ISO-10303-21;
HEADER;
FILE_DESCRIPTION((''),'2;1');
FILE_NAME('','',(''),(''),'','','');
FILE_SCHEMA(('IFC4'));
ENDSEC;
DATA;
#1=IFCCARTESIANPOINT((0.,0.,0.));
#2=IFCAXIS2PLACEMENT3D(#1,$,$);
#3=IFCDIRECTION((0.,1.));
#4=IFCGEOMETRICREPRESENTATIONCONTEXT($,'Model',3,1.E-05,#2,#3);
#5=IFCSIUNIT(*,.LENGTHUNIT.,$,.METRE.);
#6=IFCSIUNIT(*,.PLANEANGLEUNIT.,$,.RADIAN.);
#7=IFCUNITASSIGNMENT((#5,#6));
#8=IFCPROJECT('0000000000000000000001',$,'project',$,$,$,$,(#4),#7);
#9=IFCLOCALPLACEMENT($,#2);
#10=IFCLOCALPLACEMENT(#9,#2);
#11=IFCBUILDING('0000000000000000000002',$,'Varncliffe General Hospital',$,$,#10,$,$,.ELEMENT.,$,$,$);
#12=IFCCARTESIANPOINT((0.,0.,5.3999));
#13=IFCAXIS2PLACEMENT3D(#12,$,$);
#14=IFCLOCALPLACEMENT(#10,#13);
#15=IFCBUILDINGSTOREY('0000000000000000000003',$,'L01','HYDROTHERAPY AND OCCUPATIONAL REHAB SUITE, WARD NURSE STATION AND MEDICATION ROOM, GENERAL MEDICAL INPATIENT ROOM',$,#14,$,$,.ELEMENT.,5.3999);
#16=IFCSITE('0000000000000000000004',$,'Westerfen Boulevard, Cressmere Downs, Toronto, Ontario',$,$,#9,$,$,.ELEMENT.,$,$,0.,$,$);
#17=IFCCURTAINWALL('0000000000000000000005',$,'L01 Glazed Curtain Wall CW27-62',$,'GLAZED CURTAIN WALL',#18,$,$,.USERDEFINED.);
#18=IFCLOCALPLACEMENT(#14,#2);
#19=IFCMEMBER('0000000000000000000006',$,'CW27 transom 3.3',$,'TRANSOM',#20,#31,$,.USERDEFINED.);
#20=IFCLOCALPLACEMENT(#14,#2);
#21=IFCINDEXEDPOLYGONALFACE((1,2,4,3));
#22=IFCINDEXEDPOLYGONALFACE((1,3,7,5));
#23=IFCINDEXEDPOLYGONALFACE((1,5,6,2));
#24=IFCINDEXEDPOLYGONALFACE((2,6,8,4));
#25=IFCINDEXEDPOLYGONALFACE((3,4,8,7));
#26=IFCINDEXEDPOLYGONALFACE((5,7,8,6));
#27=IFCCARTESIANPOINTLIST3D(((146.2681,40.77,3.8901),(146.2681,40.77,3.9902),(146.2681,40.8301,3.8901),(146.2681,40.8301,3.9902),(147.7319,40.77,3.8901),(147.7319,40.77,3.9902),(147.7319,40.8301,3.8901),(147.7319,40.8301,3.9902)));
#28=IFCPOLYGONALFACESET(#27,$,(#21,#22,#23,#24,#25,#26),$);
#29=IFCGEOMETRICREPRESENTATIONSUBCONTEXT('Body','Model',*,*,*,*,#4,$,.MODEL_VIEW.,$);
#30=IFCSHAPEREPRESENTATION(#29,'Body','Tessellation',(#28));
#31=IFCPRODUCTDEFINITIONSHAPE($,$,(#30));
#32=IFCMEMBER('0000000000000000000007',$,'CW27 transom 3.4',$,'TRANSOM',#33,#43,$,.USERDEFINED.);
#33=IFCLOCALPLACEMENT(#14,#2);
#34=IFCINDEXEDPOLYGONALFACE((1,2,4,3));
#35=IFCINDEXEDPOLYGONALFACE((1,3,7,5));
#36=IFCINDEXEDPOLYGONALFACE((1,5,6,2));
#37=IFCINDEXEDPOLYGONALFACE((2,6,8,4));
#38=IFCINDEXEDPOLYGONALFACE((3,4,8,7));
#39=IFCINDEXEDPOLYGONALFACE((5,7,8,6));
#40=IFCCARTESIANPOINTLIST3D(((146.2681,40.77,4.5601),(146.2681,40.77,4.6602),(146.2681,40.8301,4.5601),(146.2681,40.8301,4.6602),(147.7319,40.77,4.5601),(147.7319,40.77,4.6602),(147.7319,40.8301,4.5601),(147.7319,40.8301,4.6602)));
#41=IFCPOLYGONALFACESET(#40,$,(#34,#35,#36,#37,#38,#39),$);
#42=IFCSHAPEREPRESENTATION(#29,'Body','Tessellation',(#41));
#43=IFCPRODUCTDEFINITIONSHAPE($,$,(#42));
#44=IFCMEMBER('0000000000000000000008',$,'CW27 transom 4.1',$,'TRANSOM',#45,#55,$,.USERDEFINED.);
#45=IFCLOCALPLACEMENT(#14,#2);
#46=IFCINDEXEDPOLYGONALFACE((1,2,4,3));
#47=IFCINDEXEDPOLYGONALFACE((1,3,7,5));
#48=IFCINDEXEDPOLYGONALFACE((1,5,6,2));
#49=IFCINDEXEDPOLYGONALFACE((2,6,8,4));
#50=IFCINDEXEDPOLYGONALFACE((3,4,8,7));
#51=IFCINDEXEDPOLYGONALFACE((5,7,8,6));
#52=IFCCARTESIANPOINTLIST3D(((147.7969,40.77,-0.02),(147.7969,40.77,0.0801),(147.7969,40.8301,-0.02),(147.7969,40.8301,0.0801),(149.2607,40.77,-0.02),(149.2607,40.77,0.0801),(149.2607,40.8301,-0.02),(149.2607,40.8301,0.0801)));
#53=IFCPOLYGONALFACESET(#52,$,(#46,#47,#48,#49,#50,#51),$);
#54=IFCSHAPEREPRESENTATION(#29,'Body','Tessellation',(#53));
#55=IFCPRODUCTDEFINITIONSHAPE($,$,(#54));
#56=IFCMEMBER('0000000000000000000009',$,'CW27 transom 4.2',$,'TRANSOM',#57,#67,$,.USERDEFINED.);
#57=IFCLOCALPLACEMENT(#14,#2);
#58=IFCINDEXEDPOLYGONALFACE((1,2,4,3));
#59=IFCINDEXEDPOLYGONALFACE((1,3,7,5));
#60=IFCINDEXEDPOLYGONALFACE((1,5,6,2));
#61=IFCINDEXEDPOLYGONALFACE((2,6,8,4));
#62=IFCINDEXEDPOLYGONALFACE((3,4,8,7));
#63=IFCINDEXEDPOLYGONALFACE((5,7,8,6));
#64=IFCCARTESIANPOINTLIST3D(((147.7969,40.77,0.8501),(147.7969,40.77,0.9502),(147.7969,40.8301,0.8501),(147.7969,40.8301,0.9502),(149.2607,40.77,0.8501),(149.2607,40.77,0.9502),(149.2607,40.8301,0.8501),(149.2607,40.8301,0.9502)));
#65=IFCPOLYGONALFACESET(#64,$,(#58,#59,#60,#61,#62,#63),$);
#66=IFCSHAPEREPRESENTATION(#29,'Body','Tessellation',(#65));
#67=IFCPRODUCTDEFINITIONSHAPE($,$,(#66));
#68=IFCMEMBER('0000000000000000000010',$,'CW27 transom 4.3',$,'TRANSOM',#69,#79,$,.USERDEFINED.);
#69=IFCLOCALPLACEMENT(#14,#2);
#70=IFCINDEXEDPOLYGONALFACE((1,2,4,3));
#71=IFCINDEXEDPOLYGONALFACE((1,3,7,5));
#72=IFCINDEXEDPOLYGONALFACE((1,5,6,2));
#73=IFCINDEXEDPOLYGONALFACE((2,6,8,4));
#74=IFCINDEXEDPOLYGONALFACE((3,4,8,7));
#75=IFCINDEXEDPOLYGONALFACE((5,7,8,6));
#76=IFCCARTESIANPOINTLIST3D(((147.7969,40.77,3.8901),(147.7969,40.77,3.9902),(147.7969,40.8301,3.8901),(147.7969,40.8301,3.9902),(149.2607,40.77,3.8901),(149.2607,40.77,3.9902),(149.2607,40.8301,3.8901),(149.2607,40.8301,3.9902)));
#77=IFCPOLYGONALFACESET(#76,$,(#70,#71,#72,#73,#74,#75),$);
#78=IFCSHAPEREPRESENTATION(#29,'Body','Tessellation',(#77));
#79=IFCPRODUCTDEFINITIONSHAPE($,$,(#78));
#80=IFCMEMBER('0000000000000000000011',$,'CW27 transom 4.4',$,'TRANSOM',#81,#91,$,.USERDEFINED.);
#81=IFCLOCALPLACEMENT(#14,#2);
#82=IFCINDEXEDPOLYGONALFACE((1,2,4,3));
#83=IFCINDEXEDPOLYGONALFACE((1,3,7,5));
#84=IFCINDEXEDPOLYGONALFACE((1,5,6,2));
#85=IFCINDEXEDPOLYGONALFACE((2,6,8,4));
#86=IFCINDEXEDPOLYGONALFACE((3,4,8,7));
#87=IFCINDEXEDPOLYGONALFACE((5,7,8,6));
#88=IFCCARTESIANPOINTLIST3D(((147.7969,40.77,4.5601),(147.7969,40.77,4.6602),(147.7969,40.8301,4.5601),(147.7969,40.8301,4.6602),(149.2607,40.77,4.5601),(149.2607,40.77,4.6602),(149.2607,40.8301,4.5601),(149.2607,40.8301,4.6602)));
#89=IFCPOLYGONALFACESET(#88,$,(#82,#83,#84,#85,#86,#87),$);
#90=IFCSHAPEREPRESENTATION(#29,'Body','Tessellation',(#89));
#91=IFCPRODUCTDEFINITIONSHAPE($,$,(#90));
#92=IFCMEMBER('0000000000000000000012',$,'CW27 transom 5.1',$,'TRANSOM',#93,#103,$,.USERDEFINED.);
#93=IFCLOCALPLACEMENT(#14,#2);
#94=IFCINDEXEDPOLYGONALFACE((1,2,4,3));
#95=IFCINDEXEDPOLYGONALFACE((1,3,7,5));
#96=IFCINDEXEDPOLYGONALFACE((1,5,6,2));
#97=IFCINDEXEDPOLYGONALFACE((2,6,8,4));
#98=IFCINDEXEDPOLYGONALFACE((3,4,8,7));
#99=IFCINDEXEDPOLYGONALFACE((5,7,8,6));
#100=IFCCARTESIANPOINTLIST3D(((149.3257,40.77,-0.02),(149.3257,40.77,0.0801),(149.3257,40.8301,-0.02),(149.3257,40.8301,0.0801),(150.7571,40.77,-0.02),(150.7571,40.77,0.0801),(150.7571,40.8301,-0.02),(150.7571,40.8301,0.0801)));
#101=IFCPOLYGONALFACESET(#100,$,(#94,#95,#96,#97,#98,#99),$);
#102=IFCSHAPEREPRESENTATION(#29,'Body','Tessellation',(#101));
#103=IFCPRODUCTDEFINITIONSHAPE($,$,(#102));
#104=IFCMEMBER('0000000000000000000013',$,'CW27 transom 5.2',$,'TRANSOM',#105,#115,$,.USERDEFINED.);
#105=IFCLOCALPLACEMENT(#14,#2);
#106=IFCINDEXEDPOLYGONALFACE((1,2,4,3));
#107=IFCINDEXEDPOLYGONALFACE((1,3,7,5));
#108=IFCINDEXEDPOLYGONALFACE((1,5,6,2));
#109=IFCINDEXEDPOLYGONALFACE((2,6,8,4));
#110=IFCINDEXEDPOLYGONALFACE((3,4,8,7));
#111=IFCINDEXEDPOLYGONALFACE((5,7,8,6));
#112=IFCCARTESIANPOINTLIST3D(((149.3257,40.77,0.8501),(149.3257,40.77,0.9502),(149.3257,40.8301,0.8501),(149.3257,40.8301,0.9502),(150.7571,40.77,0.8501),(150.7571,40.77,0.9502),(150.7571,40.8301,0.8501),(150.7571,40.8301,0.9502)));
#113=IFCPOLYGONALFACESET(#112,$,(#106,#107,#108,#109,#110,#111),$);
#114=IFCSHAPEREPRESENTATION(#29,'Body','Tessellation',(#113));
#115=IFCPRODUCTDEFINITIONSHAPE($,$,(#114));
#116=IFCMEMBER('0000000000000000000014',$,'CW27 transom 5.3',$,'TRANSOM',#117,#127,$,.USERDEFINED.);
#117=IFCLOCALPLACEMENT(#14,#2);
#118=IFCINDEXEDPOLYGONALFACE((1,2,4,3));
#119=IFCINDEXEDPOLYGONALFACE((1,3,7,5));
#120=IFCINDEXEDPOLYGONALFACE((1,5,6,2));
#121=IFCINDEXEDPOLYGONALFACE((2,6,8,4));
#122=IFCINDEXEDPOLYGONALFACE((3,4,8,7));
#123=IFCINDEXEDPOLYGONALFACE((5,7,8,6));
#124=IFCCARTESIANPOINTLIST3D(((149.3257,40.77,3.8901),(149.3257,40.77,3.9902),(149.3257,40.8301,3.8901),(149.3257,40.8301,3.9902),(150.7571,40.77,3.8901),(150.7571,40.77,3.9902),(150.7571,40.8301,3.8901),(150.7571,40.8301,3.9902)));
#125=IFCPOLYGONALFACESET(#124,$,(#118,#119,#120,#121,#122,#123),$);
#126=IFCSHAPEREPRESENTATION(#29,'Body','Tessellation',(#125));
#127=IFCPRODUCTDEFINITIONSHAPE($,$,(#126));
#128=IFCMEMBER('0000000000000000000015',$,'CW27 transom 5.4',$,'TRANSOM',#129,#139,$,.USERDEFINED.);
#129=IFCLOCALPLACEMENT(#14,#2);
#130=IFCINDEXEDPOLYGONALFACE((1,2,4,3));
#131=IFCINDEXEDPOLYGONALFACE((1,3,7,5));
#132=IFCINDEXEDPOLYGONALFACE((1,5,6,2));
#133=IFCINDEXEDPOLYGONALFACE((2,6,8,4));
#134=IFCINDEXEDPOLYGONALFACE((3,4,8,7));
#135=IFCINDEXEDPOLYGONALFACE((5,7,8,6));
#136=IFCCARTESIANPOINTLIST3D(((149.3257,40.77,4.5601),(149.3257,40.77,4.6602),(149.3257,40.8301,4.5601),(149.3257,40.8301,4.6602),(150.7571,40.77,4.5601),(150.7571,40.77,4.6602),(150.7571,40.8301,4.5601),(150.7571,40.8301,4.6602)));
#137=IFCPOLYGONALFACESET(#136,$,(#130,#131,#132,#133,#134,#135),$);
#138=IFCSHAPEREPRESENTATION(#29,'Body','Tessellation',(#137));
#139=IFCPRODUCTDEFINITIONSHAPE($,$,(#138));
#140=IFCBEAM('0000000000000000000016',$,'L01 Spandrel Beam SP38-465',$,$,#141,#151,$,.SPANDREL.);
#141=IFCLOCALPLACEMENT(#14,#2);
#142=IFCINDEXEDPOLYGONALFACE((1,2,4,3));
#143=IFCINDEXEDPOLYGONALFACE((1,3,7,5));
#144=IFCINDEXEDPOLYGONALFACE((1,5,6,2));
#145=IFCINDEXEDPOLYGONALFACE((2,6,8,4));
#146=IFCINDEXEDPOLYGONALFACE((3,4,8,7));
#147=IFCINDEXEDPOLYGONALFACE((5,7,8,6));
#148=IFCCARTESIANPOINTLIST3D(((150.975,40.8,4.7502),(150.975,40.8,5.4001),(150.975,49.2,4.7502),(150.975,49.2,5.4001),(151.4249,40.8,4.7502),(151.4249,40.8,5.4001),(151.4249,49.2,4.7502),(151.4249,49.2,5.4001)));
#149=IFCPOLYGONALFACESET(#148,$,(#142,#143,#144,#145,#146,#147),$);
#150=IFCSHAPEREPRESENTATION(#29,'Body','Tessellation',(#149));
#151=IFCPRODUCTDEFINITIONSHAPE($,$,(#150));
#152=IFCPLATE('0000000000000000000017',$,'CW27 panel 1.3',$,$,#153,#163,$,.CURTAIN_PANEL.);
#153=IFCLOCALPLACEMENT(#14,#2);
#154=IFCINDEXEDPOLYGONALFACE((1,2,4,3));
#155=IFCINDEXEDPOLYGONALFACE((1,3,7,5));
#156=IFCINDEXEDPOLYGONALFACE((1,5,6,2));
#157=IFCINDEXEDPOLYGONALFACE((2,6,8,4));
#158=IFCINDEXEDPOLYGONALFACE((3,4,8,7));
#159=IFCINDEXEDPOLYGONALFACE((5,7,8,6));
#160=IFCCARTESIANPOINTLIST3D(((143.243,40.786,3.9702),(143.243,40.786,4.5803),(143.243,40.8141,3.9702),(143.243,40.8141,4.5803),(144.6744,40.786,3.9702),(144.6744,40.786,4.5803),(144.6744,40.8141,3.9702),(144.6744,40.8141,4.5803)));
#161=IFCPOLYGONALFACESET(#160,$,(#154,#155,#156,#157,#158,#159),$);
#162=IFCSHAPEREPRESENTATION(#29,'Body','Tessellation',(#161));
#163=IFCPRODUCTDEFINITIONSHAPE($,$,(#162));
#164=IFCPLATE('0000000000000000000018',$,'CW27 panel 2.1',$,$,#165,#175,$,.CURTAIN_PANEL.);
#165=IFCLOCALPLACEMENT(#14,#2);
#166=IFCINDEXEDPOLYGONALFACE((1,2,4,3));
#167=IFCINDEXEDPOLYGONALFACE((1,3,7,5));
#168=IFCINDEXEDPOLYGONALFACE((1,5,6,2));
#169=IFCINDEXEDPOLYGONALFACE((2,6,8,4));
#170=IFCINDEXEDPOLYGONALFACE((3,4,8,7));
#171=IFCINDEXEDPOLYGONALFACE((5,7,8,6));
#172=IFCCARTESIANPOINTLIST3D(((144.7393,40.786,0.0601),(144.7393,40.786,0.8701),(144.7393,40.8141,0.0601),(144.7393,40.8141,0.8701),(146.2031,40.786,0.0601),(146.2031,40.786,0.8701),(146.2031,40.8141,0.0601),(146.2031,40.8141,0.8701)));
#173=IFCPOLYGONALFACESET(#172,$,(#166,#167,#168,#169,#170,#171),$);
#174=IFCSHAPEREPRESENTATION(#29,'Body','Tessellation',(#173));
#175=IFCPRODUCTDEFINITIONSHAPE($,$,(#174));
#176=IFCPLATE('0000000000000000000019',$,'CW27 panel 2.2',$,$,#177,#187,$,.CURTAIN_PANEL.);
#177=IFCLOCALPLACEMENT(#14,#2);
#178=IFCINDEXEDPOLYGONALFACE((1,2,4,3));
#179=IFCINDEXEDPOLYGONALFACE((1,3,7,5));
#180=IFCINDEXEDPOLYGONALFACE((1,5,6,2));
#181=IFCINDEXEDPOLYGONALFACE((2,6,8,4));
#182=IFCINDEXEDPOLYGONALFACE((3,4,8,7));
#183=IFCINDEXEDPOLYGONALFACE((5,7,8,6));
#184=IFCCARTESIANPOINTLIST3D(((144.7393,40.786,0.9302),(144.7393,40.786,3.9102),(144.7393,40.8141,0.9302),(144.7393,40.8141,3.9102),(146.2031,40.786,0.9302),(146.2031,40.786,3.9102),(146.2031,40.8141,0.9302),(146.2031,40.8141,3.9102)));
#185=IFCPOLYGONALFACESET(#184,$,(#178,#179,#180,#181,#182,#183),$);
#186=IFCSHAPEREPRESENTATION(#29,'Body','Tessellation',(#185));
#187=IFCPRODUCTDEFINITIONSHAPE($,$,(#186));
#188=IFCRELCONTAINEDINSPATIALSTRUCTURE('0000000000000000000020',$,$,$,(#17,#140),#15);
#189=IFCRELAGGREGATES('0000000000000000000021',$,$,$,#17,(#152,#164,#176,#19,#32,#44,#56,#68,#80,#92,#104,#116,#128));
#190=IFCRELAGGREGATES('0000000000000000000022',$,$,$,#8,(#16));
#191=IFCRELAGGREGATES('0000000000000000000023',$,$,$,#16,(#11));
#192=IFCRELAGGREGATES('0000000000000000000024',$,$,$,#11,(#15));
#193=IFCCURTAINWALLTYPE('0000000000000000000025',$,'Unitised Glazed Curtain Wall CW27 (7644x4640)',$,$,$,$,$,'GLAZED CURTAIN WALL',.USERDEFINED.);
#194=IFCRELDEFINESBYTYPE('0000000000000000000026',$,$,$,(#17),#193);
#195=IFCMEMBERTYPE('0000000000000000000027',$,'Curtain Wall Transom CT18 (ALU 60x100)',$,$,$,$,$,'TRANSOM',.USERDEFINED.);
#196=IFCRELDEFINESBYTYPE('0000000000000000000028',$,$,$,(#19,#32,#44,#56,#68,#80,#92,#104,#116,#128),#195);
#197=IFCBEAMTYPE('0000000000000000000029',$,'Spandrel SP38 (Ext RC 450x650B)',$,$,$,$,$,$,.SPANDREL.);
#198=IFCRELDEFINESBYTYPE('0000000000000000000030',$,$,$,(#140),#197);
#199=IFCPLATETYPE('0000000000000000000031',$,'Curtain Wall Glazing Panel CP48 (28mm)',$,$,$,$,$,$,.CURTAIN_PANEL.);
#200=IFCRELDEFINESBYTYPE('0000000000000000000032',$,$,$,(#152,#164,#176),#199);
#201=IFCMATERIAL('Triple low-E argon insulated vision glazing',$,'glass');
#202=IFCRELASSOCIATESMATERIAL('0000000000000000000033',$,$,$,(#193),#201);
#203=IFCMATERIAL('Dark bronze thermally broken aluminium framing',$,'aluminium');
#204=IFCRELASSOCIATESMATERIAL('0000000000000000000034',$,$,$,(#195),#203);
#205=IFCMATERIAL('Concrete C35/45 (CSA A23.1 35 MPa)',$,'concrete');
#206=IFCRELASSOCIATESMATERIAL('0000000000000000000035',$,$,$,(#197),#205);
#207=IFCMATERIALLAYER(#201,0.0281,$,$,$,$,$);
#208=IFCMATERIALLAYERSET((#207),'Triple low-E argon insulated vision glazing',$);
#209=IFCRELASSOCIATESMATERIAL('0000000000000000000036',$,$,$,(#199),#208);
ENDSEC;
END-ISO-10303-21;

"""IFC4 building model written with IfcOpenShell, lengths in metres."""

from ifc_helpers import new_model, si_unit, direction, frame, origin, origin_2d, place, context, subcontext, project, spatial, rectangle, extrude, material, layer, layer_set, material_profile, profile_set, type_object, element, aggregate, save


model = new_model("IFC4")

# Units and contexts
model_context = context("Model", 3, precision=1e-05, world=origin(), true_north=direction((0.0, 1.0)))
body_context = subcontext(model_context, "Body", "Model", "MODEL_VIEW")
ifc_project = project(units=[si_unit("LENGTHUNIT", "METRE"), si_unit("PLANEANGLEUNIT", "RADIAN")], contexts=[model_context])

# Site, building, storey
site_placement = place(None, origin())
site = spatial("IfcSite", under=ifc_project, at=site_placement, Name="Westerfen Boulevard, Cressmere Downs, Toronto, Ontario", CompositionType="ELEMENT", RefElevation=0.0)
building_placement = place(site_placement, origin())
building = spatial("IfcBuilding", under=site, at=building_placement, Name="Varncliffe General Hospital", CompositionType="ELEMENT")
storey_placement = place(building_placement, frame((0.0, 0.0, 5.3999)))
storey = spatial("IfcBuildingStorey", under=building, at=storey_placement, Name="L01", Description="HYDROTHERAPY AND OCCUPATIONAL REHAB SUITE, WARD NURSE STATION AND MEDICATION ROOM, GENERAL MEDICAL INPATIENT ROOM", CompositionType="ELEMENT", Elevation=5.3999)

# Shared definitions
ifc_material_1 = material(Name="Concrete C35/45 (CSA A23.1 35 MPa)", Category="concrete")

# Curtain wall
ifc_material_2 = material(Name="Triple low-E argon insulated vision glazing", Category="glass")
curtain_wall_type_1 = type_object("IfcCurtainWallType", Name="Unitised Glazed Curtain Wall CW27 (7644x4640)", ElementType="GLAZED CURTAIN WALL", PredefinedType="USERDEFINED", material=ifc_material_2)
curtain_wall_1_placement = place(storey_placement, origin())
curtain_wall_1 = element("IfcCurtainWall", 1, at=curtain_wall_1_placement, inside=storey, type_object=curtain_wall_type_1, Name="L01 Glazed Curtain Wall CW27-62", ObjectType="GLAZED CURTAIN WALL", PredefinedType="USERDEFINED")
ifc_material_3 = material(Name="Dark bronze thermally broken aluminium framing", Category="aluminium")

# Members
ifc_material_profile_1 = material_profile(ifc_material_3, rectangle(XDim=0.0601, YDim=0.1001, at=origin_2d()), Name="ALU 60x100")
ifc_profile_set_1 = profile_set([ifc_material_profile_1], Name="Dark bronze thermally broken aluminium framing")
member_type_1 = type_object("IfcMemberType", Name="Curtain Wall Transom CT18 (ALU 60x100)", ElementType="TRANSOM", PredefinedType="USERDEFINED", material=ifc_profile_set_1)
member_1_placement = place(storey_placement, frame((146.2681, 40.8, 3.9402), z_axis=(1.0, 0.0, 0.0), x_axis=(0.0, 1.0, 0.0)))
member_1 = element("IfcMember", 2, at=member_1_placement, type_object=member_type_1, Name="CW27 transom 3.3", ObjectType="TRANSOM", PredefinedType="USERDEFINED", context=body_context, shape_type="SweptSolid", body=[
    extrude(rectangle(XDim=0.0601, YDim=0.1001, at=origin_2d()), origin(), (0.0, 0.0, 1.0), 1.4639),
])
member_2_placement = place(storey_placement, frame((146.2681, 40.8, 4.6101), z_axis=(1.0, 0.0, 0.0), x_axis=(0.0, 1.0, 0.0)))
member_2 = element("IfcMember", 3, at=member_2_placement, type_object=member_type_1, Name="CW27 transom 3.4", ObjectType="TRANSOM", PredefinedType="USERDEFINED", context=body_context, shape_type="SweptSolid", body=[
    extrude(rectangle(XDim=0.0601, YDim=0.1001, at=origin_2d()), origin(), (0.0, 0.0, 1.0), 1.4639),
])
member_3_placement = place(storey_placement, frame((147.7969, 40.8, 0.03), z_axis=(1.0, 0.0, 0.0), x_axis=(0.0, 1.0, 0.0)))
member_3 = element("IfcMember", 4, at=member_3_placement, type_object=member_type_1, Name="CW27 transom 4.1", ObjectType="TRANSOM", PredefinedType="USERDEFINED", context=body_context, shape_type="SweptSolid", body=[
    extrude(rectangle(XDim=0.0601, YDim=0.1001, at=origin_2d()), origin(), (0.0, 0.0, 1.0), 1.4639),
])
member_4_placement = place(storey_placement, frame((147.7969, 40.8, 0.9001), z_axis=(1.0, 0.0, 0.0), x_axis=(0.0, 1.0, 0.0)))
member_4 = element("IfcMember", 5, at=member_4_placement, type_object=member_type_1, Name="CW27 transom 4.2", ObjectType="TRANSOM", PredefinedType="USERDEFINED", context=body_context, shape_type="SweptSolid", body=[
    extrude(rectangle(XDim=0.0601, YDim=0.1001, at=origin_2d()), origin(), (0.0, 0.0, 1.0), 1.4639),
])
member_5_placement = place(storey_placement, frame((147.7969, 40.8, 3.9402), z_axis=(1.0, 0.0, 0.0), x_axis=(0.0, 1.0, 0.0)))
member_5 = element("IfcMember", 6, at=member_5_placement, type_object=member_type_1, Name="CW27 transom 4.3", ObjectType="TRANSOM", PredefinedType="USERDEFINED", context=body_context, shape_type="SweptSolid", body=[
    extrude(rectangle(XDim=0.0601, YDim=0.1001, at=origin_2d()), origin(), (0.0, 0.0, 1.0), 1.4639),
])
member_6_placement = place(storey_placement, frame((147.7969, 40.8, 4.6101), z_axis=(1.0, 0.0, 0.0), x_axis=(0.0, 1.0, 0.0)))
member_6 = element("IfcMember", 7, at=member_6_placement, type_object=member_type_1, Name="CW27 transom 4.4", ObjectType="TRANSOM", PredefinedType="USERDEFINED", context=body_context, shape_type="SweptSolid", body=[
    extrude(rectangle(XDim=0.0601, YDim=0.1001, at=origin_2d()), origin(), (0.0, 0.0, 1.0), 1.4639),
])
member_7_placement = place(storey_placement, frame((149.3257, 40.8, 0.03), z_axis=(1.0, 0.0, 0.0), x_axis=(0.0, 1.0, 0.0)))
member_7 = element("IfcMember", 8, at=member_7_placement, type_object=member_type_1, Name="CW27 transom 5.1", ObjectType="TRANSOM", PredefinedType="USERDEFINED", context=body_context, shape_type="SweptSolid", body=[
    extrude(rectangle(XDim=0.0601, YDim=0.1001, at=origin_2d()), origin(), (0.0, 0.0, 1.0), 1.4314),
])
member_8_placement = place(storey_placement, frame((149.3257, 40.8, 0.9001), z_axis=(1.0, 0.0, 0.0), x_axis=(0.0, 1.0, 0.0)))
member_8 = element("IfcMember", 9, at=member_8_placement, type_object=member_type_1, Name="CW27 transom 5.2", ObjectType="TRANSOM", PredefinedType="USERDEFINED", context=body_context, shape_type="SweptSolid", body=[
    extrude(rectangle(XDim=0.0601, YDim=0.1001, at=origin_2d()), origin(), (0.0, 0.0, 1.0), 1.4314),
])
member_9_placement = place(storey_placement, frame((149.3257, 40.8, 3.9402), z_axis=(1.0, 0.0, 0.0), x_axis=(0.0, 1.0, 0.0)))
member_9 = element("IfcMember", 10, at=member_9_placement, type_object=member_type_1, Name="CW27 transom 5.3", ObjectType="TRANSOM", PredefinedType="USERDEFINED", context=body_context, shape_type="SweptSolid", body=[
    extrude(rectangle(XDim=0.0601, YDim=0.1001, at=origin_2d()), origin(), (0.0, 0.0, 1.0), 1.4314),
])
member_10_placement = place(storey_placement, frame((149.3257, 40.8, 4.6101), z_axis=(1.0, 0.0, 0.0), x_axis=(0.0, 1.0, 0.0)))
member_10 = element("IfcMember", 11, at=member_10_placement, type_object=member_type_1, Name="CW27 transom 5.4", ObjectType="TRANSOM", PredefinedType="USERDEFINED", context=body_context, shape_type="SweptSolid", body=[
    extrude(rectangle(XDim=0.0601, YDim=0.1001, at=origin_2d()), origin(), (0.0, 0.0, 1.0), 1.4314),
])

# Beam
ifc_material_profile_2 = material_profile(ifc_material_1, rectangle(XDim=0.45, YDim=0.6499, at=origin_2d()), Name="RC 450x650")
ifc_profile_set_2 = profile_set([ifc_material_profile_2], Name="Concrete C35/45 (CSA A23.1 35 MPa)")
beam_type_1 = type_object("IfcBeamType", Name="Spandrel SP38 (Ext RC 450x650B)", PredefinedType="SPANDREL", material=ifc_profile_set_2)
beam_1_placement = place(storey_placement, frame((151.2, 40.8, 5.0752), z_axis=(0.0, 1.0, 0.0), x_axis=(-1.0, 0.0, 0.0)))
element("IfcBeam", 12, at=beam_1_placement, inside=storey, type_object=beam_type_1, Name="L01 Spandrel Beam SP38-465", PredefinedType="SPANDREL", context=body_context, shape_type="SweptSolid", body=[
    extrude(rectangle(XDim=0.45, YDim=0.6499, at=origin_2d()), origin(), (0.0, 0.0, 1.0), 8.3999),
])

# Plates
ifc_layer = layer(ifc_material_2, 0.0281)
ifc_layer_set = layer_set([ifc_layer], Name="Triple low-E argon insulated vision glazing")
plate_type = type_object("IfcPlateType", Name="Curtain Wall Glazing Panel CP48 (28mm)", PredefinedType="CURTAIN_PANEL", material=ifc_layer_set)
plate_1_placement = place(storey_placement, frame((143.9587, 40.8, 3.9702), z_axis=(0.0, 0.0, 1.0), x_axis=(1.0, 0.0, 0.0)))
plate_1 = element("IfcPlate", 13, at=plate_1_placement, type_object=plate_type, Name="CW27 panel 1.3", PredefinedType="CURTAIN_PANEL", context=body_context, shape_type="SweptSolid", body=[
    extrude(rectangle(XDim=1.4314, YDim=0.0281, at=origin_2d()), origin(), (0.0, 0.0, 1.0), 0.6101),
])
plate_2_placement = place(storey_placement, frame((145.4712, 40.8, 0.0601), z_axis=(0.0, 0.0, 1.0), x_axis=(1.0, 0.0, 0.0)))
plate_2 = element("IfcPlate", 14, at=plate_2_placement, type_object=plate_type, Name="CW27 panel 2.1", PredefinedType="CURTAIN_PANEL", context=body_context, shape_type="SweptSolid", body=[
    extrude(rectangle(XDim=1.4639, YDim=0.0281, at=origin_2d()), origin(), (0.0, 0.0, 1.0), 0.8101),
])
plate_3_placement = place(storey_placement, frame((145.4712, 40.8, 0.9302), z_axis=(0.0, 0.0, 1.0), x_axis=(1.0, 0.0, 0.0)))
plate_3 = element("IfcPlate", 15, at=plate_3_placement, type_object=plate_type, Name="CW27 panel 2.2", PredefinedType="CURTAIN_PANEL", context=body_context, shape_type="SweptSolid", body=[
    extrude(rectangle(XDim=1.4639, YDim=0.0281, at=origin_2d()), origin(), (0.0, 0.0, 1.0), 2.98),
])
aggregate(curtain_wall_1, [plate_1, plate_2, plate_3, member_1, member_2, member_3, member_4, member_5, member_6, member_7, member_8, member_9, member_10])

save(model, "model.ifc")
